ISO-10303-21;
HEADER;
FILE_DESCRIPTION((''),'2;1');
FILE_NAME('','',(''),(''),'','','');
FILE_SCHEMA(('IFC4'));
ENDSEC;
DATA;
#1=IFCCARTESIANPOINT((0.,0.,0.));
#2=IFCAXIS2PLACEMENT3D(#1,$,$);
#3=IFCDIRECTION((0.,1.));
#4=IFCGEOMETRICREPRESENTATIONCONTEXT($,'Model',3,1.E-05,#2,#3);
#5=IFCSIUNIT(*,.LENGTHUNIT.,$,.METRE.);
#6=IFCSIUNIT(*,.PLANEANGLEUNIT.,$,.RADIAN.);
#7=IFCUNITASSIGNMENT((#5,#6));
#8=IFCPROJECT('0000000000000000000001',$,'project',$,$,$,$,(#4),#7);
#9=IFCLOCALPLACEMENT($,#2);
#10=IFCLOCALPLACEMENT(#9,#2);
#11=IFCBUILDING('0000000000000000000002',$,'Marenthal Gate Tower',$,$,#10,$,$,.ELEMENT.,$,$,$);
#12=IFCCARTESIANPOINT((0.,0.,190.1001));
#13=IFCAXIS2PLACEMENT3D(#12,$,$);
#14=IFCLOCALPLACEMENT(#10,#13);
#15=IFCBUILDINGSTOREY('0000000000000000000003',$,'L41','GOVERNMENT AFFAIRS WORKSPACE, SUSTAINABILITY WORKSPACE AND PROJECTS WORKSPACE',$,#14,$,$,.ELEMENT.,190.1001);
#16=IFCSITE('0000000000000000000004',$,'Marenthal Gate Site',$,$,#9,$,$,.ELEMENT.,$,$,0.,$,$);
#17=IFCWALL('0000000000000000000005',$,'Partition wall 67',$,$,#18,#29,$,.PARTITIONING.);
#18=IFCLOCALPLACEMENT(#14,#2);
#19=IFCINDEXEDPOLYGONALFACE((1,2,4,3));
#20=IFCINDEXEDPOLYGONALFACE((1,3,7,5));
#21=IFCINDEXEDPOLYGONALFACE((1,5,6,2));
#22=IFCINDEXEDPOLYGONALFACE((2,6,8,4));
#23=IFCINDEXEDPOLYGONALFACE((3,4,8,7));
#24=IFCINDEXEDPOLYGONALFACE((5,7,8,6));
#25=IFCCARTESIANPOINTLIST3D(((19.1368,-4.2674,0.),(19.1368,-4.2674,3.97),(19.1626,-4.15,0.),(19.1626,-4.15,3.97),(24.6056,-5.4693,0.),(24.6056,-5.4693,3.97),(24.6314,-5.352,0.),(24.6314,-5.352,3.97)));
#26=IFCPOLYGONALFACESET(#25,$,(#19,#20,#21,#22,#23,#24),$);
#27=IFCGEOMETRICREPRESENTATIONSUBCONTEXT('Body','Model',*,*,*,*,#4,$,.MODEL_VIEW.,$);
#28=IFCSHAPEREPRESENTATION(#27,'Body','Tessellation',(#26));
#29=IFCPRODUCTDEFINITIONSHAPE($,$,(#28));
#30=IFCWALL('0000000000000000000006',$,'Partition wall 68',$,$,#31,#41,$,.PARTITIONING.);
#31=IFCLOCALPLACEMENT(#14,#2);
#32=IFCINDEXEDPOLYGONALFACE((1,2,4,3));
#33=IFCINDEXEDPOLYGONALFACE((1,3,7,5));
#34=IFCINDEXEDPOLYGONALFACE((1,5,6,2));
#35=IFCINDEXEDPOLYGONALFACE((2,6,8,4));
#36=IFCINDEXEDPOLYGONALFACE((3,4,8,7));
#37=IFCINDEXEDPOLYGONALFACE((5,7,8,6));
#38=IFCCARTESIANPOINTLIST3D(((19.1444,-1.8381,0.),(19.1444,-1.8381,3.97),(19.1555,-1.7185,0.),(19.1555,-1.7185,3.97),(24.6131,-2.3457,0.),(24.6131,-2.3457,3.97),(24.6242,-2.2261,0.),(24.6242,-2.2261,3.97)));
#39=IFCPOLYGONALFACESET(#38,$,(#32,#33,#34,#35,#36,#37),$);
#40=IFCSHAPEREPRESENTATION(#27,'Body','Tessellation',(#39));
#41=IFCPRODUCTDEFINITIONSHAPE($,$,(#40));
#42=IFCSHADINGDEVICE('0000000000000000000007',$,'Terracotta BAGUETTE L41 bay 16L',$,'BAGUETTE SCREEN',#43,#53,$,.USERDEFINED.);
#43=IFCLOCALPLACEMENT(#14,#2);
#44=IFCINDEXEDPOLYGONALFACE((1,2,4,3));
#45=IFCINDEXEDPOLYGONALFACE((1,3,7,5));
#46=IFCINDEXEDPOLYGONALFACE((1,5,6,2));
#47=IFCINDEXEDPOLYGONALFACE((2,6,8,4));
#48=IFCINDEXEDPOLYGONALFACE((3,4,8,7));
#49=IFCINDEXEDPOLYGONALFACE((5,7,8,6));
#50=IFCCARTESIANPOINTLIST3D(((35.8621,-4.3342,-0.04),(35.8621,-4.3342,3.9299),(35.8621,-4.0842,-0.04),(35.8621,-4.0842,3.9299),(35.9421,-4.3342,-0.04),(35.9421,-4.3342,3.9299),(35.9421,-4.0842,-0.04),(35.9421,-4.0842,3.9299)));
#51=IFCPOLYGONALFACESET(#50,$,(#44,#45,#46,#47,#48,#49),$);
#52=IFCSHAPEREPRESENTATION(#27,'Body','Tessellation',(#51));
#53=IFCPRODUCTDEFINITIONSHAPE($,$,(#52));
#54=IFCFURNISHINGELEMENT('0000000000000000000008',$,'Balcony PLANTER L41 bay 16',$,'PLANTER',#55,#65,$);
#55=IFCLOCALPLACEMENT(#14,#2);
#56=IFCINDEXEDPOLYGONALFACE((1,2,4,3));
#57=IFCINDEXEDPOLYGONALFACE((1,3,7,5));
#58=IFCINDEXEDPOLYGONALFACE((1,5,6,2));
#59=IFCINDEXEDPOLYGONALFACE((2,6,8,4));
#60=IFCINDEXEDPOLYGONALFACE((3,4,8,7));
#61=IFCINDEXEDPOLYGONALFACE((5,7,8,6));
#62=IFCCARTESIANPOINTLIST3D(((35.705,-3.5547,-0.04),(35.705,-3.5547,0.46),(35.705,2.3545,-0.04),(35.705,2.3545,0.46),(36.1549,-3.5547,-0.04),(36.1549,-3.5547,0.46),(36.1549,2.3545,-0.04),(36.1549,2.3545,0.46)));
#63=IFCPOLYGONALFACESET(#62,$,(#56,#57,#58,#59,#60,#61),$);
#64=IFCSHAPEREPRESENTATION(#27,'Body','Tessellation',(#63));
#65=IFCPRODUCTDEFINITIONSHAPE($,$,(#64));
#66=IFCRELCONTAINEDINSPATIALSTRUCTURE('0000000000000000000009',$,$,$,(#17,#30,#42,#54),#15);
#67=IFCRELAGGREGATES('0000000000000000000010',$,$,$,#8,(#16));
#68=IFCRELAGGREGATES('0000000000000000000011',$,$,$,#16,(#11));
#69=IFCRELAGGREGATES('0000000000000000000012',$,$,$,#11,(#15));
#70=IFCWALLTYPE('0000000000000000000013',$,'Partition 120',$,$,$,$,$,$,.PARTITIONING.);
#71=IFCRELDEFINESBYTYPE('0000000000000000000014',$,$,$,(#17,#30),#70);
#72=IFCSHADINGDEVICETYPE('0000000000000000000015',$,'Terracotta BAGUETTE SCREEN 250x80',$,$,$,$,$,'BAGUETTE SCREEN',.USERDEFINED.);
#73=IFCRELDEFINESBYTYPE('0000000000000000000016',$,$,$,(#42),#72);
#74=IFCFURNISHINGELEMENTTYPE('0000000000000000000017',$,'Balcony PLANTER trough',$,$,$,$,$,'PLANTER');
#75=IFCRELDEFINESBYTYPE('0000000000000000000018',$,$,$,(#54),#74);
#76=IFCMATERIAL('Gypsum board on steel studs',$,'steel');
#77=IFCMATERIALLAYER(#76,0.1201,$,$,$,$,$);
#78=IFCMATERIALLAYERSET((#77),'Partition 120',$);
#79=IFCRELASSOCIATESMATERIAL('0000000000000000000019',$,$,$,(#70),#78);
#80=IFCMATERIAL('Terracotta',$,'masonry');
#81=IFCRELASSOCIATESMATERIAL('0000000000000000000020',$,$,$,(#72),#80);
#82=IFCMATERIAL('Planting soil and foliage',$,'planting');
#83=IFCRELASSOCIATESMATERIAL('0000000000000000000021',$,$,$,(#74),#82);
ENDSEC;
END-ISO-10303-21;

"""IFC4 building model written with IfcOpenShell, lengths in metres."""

from ifc_helpers import new_model, si_unit, direction, frame, frame_2d, origin, origin_2d, place, context, subcontext, project, spatial, rectangle, extrude, material, layer, layer_set, material_profile, profile_set, type_object, element, save


model = new_model("IFC4")

# Units and contexts
model_context = context("Model", 3, precision=1e-05, world=origin(), true_north=direction((0.0, 1.0)))
body_context = subcontext(model_context, "Body", "Model", "MODEL_VIEW")
ifc_project = project(units=[si_unit("LENGTHUNIT", "METRE"), si_unit("PLANEANGLEUNIT", "RADIAN")], contexts=[model_context])

# Site, building, storey
site_placement = place(None, origin())
site = spatial("IfcSite", under=ifc_project, at=site_placement, Name="Marenthal Gate Site", CompositionType="ELEMENT", RefElevation=0.0)
building_placement = place(site_placement, origin())
building = spatial("IfcBuilding", under=site, at=building_placement, Name="Marenthal Gate Tower", CompositionType="ELEMENT")
storey_placement = place(building_placement, frame((0.0, 0.0, 190.1001)))
storey = spatial("IfcBuildingStorey", under=building, at=storey_placement, Name="L41", Description="GOVERNMENT AFFAIRS WORKSPACE, SUSTAINABILITY WORKSPACE AND PROJECTS WORKSPACE", CompositionType="ELEMENT", Elevation=190.1001)

# Walls
ifc_material_1 = material(Name="Gypsum board on steel studs", Category="steel")
ifc_layer_1 = layer(ifc_material_1, 0.1201)
ifc_layer_set_1 = layer_set([ifc_layer_1], Name="Partition 120")
wall_type_1 = type_object("IfcWallType", Name="Partition 120", PredefinedType="PARTITIONING", material=ifc_layer_set_1)
wall_1_placement = place(storey_placement, frame((24.6187, -5.4106, 0.0), z_axis=(0.0, 0.0, 1.0), x_axis=(-0.97669, 0.214654, 0.0)))
element("IfcWall", 1, at=wall_1_placement, inside=storey, type_object=wall_type_1, Name="Partition wall 67", PredefinedType="PARTITIONING", context=body_context, shape_type="SweptSolid", body=[
    extrude(rectangle(XDim=5.5994, YDim=0.1201, at=frame_2d((2.7998, 0.0))), origin(), (0.0, 0.0, 1.0), 3.97),
])
wall_2_placement = place(storey_placement, frame((24.6187, -2.2859, 0.0), z_axis=(0.0, 0.0, 1.0), x_axis=(-0.995721, 0.092415, 0.0)))
element("IfcWall", 2, at=wall_2_placement, inside=storey, type_object=wall_type_1, Name="Partition wall 68", PredefinedType="PARTITIONING", context=body_context, shape_type="SweptSolid", body=[
    extrude(rectangle(XDim=5.4922, YDim=0.1201, at=frame_2d((2.7461, 0.0))), origin(), (0.0, 0.0, 1.0), 3.97),
])

# Shading device
ifc_material_2 = material(Name="Terracotta", Category="masonry")
ifc_material_profile_1 = material_profile(ifc_material_2, rectangle(XDim=0.25, YDim=0.0801, at=origin_2d()), Name="Terracotta baguette 250x80")
ifc_profile_set_1 = profile_set([ifc_material_profile_1], Name="Terracotta")
shading_device_type = type_object("IfcShadingDeviceType", Name="Terracotta BAGUETTE SCREEN 250x80", ElementType="BAGUETTE SCREEN", PredefinedType="USERDEFINED", material=ifc_profile_set_1)
shading_device_placement = place(storey_placement, frame((35.9021, -4.2092, -0.04), z_axis=(0.0, 0.0, 1.0), x_axis=(0.0, 1.0, 0.0)))
element("IfcShadingDevice", 3, at=shading_device_placement, inside=storey, type_object=shading_device_type, Name="Terracotta BAGUETTE L41 bay 16L", ObjectType="BAGUETTE SCREEN", PredefinedType="USERDEFINED", context=body_context, shape_type="SweptSolid", body=[
    extrude(rectangle(XDim=0.25, YDim=0.0801, at=origin_2d()), origin(), (0.0, 0.0, 1.0), 3.97),
])

# Furnishing element
ifc_material_3 = material(Name="Planting soil and foliage", Category="planting")
furnishing_element_type = type_object("IfcFurnishingElementType", Name="Balcony PLANTER trough", ElementType="PLANTER", material=ifc_material_3)
furnishing_placement = place(storey_placement, frame((35.9299, -0.6001, -0.04), z_axis=(0.0, 0.0, 1.0), x_axis=(0.0, 1.0, 0.0)))
element("IfcFurnishingElement", 4, at=furnishing_placement, inside=storey, type_object=furnishing_element_type, Name="Balcony PLANTER L41 bay 16", ObjectType="PLANTER", context=body_context, shape_type="SweptSolid", body=[
    extrude(rectangle(XDim=5.9092, YDim=0.45, at=origin_2d()), origin(), (0.0, 0.0, 1.0), 0.5),
])

save(model, "model.ifc")
